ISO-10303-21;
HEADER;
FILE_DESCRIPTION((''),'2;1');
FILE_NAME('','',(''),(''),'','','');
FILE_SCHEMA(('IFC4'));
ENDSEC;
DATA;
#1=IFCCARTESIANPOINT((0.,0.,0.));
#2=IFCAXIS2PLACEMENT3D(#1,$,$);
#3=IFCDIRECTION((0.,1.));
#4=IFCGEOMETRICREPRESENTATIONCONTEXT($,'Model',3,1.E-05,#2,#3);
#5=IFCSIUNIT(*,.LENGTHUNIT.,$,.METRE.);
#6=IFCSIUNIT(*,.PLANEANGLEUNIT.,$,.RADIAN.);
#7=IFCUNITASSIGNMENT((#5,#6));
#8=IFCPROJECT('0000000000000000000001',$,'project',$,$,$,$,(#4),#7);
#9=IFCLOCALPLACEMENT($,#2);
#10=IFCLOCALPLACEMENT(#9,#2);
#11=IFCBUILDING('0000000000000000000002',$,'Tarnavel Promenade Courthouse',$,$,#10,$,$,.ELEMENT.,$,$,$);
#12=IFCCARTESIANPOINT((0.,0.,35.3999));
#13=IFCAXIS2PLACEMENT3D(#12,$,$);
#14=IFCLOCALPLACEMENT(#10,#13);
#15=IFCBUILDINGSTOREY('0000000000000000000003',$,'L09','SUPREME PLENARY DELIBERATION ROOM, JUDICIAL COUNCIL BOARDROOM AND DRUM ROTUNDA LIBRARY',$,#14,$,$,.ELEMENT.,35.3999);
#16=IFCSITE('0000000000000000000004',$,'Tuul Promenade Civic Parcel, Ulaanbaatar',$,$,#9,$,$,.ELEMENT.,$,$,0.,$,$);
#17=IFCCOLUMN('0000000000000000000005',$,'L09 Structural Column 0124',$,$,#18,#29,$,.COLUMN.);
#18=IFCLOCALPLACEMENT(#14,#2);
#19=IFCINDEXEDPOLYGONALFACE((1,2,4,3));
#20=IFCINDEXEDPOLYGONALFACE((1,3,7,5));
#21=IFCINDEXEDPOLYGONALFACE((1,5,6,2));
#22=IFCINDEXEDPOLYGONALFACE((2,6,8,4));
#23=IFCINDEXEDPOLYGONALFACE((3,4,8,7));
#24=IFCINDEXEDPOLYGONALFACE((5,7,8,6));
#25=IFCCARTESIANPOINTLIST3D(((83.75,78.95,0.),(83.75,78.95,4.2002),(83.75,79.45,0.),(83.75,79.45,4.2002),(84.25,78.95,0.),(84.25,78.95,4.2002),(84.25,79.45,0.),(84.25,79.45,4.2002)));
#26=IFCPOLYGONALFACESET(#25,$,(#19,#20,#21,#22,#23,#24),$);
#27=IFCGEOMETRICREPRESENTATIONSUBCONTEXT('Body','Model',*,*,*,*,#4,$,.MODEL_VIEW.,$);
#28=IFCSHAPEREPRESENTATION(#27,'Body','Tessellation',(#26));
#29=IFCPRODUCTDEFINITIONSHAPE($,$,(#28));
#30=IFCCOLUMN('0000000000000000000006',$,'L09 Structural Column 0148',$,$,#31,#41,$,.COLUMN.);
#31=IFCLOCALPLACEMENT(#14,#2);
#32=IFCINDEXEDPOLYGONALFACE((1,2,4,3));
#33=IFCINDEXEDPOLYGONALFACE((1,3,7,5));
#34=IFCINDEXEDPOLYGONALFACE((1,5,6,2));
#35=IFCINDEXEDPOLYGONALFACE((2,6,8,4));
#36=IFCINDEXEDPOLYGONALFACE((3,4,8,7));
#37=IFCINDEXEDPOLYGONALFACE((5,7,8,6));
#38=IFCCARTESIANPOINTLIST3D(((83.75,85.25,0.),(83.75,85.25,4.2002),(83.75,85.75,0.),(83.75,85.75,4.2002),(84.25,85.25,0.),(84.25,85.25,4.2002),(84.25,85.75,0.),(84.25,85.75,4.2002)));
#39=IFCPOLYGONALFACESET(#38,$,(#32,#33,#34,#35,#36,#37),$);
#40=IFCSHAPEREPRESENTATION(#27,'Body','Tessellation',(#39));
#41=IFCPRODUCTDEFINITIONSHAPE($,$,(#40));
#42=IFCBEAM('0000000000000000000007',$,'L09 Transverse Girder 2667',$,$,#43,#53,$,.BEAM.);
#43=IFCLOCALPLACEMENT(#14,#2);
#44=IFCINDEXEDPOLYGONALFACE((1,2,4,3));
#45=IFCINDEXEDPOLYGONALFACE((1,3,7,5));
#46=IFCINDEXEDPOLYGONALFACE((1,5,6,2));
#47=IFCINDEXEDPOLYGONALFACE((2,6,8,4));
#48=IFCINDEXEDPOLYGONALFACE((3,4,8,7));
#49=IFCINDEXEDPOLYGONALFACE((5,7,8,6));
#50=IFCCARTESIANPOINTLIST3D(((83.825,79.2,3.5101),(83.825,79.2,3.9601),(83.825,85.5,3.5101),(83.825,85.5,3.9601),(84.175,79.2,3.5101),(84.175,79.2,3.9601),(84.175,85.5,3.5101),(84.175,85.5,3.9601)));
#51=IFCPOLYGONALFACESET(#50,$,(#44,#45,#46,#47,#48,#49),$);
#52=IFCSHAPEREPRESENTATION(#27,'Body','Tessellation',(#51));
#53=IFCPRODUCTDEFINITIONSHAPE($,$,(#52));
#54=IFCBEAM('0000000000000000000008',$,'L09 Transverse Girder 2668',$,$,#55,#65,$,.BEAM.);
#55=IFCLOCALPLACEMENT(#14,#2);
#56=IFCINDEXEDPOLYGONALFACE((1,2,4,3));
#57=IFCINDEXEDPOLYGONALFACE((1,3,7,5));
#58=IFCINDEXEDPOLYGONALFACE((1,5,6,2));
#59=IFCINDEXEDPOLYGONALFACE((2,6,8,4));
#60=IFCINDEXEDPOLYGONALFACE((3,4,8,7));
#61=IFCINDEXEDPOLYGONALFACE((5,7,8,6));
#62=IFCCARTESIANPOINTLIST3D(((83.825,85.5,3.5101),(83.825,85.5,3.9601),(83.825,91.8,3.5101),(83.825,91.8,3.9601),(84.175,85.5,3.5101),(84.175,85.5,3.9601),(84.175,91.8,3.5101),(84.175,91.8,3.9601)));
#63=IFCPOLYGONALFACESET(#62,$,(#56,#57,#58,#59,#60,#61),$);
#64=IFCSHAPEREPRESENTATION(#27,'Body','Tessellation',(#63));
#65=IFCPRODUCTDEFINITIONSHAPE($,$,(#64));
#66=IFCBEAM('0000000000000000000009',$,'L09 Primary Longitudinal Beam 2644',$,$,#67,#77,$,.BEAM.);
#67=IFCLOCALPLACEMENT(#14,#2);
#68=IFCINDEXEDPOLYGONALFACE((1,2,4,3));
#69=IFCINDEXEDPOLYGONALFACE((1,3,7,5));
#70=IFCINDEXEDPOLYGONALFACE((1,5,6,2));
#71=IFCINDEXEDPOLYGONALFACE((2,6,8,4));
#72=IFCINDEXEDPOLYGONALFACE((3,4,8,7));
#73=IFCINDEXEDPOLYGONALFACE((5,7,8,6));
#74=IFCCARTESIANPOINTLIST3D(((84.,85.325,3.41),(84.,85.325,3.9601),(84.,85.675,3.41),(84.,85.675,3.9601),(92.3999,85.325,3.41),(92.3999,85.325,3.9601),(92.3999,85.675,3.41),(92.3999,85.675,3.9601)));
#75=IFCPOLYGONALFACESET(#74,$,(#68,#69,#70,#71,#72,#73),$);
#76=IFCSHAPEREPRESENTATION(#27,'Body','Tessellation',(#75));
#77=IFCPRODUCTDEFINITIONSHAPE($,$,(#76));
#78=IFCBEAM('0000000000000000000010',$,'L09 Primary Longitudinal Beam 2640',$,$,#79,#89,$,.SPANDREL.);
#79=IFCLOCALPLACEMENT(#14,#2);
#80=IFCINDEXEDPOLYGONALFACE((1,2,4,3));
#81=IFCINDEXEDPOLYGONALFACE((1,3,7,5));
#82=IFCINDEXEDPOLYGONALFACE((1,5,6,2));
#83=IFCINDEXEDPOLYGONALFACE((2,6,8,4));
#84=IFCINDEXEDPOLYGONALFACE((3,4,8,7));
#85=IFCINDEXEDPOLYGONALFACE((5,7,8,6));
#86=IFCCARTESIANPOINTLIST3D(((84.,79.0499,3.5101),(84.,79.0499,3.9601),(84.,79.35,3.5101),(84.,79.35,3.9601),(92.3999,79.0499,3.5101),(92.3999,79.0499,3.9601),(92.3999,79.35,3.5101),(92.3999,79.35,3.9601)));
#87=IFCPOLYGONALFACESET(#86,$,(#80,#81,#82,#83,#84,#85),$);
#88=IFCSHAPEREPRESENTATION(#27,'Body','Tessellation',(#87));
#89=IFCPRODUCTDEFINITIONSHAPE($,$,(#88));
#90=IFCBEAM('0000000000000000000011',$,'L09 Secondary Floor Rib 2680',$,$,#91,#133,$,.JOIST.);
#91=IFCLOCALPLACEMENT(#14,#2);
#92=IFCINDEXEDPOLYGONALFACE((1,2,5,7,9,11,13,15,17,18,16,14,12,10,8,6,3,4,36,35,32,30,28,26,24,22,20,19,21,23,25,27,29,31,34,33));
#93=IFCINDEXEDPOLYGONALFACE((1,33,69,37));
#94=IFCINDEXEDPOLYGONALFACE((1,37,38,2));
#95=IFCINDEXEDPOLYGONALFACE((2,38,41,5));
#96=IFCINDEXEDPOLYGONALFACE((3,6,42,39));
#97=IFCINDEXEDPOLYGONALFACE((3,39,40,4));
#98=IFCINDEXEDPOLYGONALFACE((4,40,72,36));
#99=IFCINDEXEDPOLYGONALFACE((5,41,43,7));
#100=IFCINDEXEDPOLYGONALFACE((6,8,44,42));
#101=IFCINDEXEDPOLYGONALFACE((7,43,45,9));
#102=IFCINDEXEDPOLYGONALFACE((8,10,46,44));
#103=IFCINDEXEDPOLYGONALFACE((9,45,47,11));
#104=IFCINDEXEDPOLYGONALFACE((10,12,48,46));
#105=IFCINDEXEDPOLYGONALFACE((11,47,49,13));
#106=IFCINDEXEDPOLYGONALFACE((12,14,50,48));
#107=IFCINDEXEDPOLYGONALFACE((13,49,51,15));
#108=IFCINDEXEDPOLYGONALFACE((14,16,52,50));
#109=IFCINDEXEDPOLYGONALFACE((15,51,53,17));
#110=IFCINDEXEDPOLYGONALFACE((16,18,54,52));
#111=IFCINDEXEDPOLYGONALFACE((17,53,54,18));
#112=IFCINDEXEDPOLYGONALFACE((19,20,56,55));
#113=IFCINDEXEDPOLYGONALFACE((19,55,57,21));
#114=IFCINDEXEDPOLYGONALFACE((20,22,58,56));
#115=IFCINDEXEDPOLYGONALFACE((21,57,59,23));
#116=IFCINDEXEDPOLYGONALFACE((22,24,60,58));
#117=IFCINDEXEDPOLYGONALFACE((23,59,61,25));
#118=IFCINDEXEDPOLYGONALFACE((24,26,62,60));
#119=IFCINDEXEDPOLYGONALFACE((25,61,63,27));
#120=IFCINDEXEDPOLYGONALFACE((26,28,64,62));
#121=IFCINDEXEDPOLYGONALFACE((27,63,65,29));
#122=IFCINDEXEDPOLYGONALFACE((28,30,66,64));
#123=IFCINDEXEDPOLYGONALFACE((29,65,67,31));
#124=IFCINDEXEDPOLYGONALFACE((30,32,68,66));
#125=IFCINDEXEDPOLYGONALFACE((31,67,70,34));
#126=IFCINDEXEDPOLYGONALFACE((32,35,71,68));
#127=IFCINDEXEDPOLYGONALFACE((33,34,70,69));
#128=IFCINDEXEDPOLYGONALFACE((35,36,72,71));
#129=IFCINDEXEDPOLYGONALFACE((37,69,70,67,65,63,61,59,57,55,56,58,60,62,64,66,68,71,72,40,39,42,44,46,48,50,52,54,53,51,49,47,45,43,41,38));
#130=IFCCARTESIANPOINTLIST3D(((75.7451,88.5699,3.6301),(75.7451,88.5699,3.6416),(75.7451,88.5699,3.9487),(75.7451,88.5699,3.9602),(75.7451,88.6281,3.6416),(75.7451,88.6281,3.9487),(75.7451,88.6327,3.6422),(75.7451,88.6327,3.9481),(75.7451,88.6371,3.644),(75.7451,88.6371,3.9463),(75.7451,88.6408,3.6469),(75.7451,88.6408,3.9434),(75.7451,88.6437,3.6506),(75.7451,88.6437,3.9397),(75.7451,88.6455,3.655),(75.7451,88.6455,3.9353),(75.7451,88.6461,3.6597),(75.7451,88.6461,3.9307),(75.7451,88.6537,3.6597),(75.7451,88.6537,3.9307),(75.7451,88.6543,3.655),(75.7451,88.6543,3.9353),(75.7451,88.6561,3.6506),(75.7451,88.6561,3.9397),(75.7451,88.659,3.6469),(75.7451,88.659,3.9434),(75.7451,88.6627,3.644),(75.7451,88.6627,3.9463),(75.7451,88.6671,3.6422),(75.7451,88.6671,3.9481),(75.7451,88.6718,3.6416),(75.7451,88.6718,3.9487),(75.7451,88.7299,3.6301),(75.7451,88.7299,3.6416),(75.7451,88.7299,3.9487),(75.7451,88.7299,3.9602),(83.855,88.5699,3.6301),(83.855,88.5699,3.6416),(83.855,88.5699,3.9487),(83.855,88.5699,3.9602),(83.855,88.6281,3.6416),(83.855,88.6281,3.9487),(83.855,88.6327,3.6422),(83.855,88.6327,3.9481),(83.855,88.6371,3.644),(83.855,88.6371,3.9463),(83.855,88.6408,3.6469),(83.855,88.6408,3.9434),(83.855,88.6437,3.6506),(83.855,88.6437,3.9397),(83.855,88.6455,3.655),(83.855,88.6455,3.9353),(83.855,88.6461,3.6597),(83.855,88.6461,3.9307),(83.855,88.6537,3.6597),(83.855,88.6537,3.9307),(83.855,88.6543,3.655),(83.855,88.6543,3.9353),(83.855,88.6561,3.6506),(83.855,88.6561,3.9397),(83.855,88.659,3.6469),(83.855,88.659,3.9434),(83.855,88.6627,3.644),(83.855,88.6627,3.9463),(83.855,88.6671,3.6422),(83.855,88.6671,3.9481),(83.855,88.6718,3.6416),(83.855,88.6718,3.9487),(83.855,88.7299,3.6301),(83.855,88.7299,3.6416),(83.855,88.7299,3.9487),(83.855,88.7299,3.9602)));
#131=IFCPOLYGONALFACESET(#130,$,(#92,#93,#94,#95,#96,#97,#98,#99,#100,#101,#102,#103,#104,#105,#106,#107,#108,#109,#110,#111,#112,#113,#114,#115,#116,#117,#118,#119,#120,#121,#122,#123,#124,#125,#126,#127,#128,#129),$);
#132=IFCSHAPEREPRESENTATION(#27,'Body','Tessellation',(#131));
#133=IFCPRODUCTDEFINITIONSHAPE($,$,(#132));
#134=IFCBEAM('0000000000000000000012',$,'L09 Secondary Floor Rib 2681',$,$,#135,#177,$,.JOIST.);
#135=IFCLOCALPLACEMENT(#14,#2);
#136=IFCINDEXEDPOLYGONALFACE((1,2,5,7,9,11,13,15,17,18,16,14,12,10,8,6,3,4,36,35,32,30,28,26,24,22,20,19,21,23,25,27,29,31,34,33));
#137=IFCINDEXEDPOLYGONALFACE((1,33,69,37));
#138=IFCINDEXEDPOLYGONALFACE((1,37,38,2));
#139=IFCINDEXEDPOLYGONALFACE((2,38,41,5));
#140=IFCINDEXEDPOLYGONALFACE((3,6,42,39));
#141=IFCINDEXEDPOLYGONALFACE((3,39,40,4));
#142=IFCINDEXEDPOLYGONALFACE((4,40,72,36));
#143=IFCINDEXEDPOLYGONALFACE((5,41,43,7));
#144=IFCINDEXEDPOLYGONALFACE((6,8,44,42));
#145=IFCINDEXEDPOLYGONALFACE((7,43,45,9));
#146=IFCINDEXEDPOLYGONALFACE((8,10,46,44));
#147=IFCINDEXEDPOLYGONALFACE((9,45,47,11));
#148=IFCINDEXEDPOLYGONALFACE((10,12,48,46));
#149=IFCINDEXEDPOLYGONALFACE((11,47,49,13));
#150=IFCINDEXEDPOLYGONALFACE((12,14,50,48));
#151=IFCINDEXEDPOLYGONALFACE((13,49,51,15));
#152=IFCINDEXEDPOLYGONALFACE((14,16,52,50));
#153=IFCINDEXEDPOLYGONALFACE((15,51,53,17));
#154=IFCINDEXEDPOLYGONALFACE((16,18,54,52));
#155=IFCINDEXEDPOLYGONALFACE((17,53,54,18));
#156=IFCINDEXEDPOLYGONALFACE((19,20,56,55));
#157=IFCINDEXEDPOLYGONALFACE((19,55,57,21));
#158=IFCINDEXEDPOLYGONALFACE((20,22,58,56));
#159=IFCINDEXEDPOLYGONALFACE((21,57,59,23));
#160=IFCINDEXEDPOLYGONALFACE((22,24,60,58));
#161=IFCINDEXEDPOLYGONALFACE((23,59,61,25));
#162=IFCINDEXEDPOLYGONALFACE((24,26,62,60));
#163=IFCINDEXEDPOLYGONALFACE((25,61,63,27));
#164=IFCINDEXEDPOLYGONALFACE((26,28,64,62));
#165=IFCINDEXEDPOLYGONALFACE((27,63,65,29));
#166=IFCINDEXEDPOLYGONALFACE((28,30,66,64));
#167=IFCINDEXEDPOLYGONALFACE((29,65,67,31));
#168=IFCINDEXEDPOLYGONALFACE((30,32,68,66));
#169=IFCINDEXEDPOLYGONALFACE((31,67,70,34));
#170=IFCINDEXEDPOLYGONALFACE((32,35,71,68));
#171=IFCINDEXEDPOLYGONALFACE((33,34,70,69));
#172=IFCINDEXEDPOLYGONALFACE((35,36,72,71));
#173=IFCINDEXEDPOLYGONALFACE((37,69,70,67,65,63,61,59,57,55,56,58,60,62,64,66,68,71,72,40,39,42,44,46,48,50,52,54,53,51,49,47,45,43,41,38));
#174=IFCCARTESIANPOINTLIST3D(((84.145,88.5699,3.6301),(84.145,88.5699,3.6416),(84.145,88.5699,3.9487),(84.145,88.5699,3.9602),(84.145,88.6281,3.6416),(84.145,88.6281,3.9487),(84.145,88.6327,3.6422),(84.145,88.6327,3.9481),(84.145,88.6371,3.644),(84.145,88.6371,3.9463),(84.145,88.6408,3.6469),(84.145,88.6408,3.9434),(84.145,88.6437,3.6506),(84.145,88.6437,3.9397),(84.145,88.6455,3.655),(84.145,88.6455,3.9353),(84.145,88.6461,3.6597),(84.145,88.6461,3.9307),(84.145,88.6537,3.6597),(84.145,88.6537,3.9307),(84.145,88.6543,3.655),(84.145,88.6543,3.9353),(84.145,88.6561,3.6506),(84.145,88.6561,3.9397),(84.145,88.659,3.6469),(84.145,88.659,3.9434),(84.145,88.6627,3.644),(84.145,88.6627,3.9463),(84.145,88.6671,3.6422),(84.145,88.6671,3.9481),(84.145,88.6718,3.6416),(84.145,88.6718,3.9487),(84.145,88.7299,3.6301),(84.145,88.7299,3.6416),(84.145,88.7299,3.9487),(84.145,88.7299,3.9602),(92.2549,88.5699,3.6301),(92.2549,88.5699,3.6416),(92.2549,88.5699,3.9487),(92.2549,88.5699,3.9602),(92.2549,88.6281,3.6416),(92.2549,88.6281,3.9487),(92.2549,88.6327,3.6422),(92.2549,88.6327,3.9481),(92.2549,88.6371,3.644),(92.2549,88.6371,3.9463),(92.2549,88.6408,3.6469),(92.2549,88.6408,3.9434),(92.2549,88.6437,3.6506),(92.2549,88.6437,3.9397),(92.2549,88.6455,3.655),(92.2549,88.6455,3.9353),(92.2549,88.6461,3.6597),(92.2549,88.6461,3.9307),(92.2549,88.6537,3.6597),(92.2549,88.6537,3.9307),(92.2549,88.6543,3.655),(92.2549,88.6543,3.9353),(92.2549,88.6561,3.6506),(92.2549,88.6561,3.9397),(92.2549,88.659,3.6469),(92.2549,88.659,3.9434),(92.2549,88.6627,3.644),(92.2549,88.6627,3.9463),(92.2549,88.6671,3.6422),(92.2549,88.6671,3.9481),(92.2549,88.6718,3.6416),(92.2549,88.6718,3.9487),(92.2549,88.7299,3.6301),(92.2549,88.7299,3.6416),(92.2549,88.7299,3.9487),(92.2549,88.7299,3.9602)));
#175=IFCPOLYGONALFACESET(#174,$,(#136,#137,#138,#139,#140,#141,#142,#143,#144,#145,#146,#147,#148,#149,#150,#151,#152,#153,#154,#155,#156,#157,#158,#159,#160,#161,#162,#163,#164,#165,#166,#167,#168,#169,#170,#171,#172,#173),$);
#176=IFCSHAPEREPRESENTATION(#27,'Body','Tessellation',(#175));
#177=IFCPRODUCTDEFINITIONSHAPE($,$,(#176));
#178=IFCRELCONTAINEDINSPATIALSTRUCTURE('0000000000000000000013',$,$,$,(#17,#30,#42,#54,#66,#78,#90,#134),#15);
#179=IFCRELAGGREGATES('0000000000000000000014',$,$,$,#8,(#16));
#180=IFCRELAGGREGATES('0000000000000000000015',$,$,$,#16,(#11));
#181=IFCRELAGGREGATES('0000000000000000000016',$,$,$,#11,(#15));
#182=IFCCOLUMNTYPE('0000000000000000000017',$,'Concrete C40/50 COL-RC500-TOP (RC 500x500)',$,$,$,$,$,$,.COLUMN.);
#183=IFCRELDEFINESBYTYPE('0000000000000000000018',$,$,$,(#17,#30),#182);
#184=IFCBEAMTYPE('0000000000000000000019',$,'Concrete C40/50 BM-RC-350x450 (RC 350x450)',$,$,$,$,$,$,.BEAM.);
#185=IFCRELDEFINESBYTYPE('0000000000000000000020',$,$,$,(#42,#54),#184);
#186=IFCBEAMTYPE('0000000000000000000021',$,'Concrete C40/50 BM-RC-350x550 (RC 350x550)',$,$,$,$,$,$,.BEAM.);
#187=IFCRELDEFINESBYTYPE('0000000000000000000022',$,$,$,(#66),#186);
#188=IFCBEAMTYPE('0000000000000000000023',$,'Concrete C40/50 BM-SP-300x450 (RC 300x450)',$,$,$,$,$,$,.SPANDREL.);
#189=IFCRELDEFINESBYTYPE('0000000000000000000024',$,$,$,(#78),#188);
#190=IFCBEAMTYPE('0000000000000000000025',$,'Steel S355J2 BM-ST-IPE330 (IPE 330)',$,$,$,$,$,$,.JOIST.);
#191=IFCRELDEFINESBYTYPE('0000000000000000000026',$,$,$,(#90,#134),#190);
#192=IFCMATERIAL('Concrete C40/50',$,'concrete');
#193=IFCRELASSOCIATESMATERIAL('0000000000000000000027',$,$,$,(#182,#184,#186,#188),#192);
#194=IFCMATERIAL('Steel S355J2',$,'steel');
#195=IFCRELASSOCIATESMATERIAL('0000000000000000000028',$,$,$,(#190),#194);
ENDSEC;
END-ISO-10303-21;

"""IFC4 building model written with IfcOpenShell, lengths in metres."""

from ifc_helpers import new_model, si_unit, direction, frame, origin, origin_2d, place, context, subcontext, project, spatial, rectangle, i_section, extrude, material, material_profile, profile_set, type_object, element, save


model = new_model("IFC4")

# Units and contexts
model_context = context("Model", 3, precision=1e-05, world=origin(), true_north=direction((0.0, 1.0)))
body_context = subcontext(model_context, "Body", "Model", "MODEL_VIEW")
ifc_project = project(units=[si_unit("LENGTHUNIT", "METRE"), si_unit("PLANEANGLEUNIT", "RADIAN")], contexts=[model_context])

# Site, building, storey
site_placement = place(None, origin())
site = spatial("IfcSite", under=ifc_project, at=site_placement, Name="Tuul Promenade Civic Parcel, Ulaanbaatar", CompositionType="ELEMENT", RefElevation=0.0)
building_placement = place(site_placement, origin())
building = spatial("IfcBuilding", under=site, at=building_placement, Name="Tarnavel Promenade Courthouse", CompositionType="ELEMENT")
storey_placement = place(building_placement, frame((0.0, 0.0, 35.3999)))
storey = spatial("IfcBuildingStorey", under=building, at=storey_placement, Name="L09", Description="SUPREME PLENARY DELIBERATION ROOM, JUDICIAL COUNCIL BOARDROOM AND DRUM ROTUNDA LIBRARY", CompositionType="ELEMENT", Elevation=35.3999)

# Columns
ifc_material_1 = material(Name="Concrete C40/50", Category="concrete")
ifc_material_profile_1 = material_profile(ifc_material_1, rectangle(XDim=0.5, YDim=0.5, at=origin_2d()), Name="RC 500x500")
ifc_profile_set_1 = profile_set([ifc_material_profile_1], Name="Concrete C40/50")
column_type = type_object("IfcColumnType", Name="Concrete C40/50 COL-RC500-TOP (RC 500x500)", PredefinedType="COLUMN", material=ifc_profile_set_1)
for number, where, z_axis, x_axis, name in (
    (1, (84.0, 79.2, 0.0), (0.0, 0.0, 1.0), (1.0, 0.0, 0.0), "L09 Structural Column 0124"),
    (2, (84.0, 85.5, 0.0), (0.0, 0.0, 1.0), (1.0, 0.0, 0.0), "L09 Structural Column 0148"),
):
    element("IfcColumn", number, at=place(storey_placement, frame(where, z_axis=z_axis, x_axis=x_axis)), inside=storey, type_object=column_type, Name=name, PredefinedType="COLUMN", context=body_context, shape_type="SweptSolid", body=[
        extrude(rectangle(XDim=0.5, YDim=0.5, at=origin_2d()), origin(), (0.0, 0.0, 1.0), 4.2002),
    ])

# Beams
ifc_material_profile_2 = material_profile(ifc_material_1, rectangle(XDim=0.3501, YDim=0.45, at=origin_2d()), Name="RC 350x450")
ifc_profile_set_2 = profile_set([ifc_material_profile_2], Name="Concrete C40/50")
beam_type_1 = type_object("IfcBeamType", Name="Concrete C40/50 BM-RC-350x450 (RC 350x450)", PredefinedType="BEAM", material=ifc_profile_set_2)
for number, where, z_axis, x_axis, name in (
    (3, (84.0, 79.2, 3.7351), (0.0, 1.0, 0.0), (-1.0, 0.0, 0.0), "L09 Transverse Girder 2667"),
    (4, (84.0, 85.5, 3.7351), (0.0, 1.0, 0.0), (-1.0, 0.0, 0.0), "L09 Transverse Girder 2668"),
):
    element("IfcBeam", number, at=place(storey_placement, frame(where, z_axis=z_axis, x_axis=x_axis)), inside=storey, type_object=beam_type_1, Name=name, PredefinedType="BEAM", context=body_context, shape_type="SweptSolid", body=[
        extrude(rectangle(XDim=0.3501, YDim=0.45, at=origin_2d()), origin(), (0.0, 0.0, 1.0), 6.3),
    ])
ifc_material_profile_3 = material_profile(ifc_material_1, rectangle(XDim=0.3501, YDim=0.55, at=origin_2d()), Name="RC 350x550")
ifc_profile_set_3 = profile_set([ifc_material_profile_3], Name="Concrete C40/50")
beam_type_2 = type_object("IfcBeamType", Name="Concrete C40/50 BM-RC-350x550 (RC 350x550)", PredefinedType="BEAM", material=ifc_profile_set_3)
beam_1_placement = place(storey_placement, frame((84.0, 85.5, 3.6851), z_axis=(1.0, 0.0, 0.0), x_axis=(0.0, 1.0, 0.0)))
element("IfcBeam", 5, at=beam_1_placement, inside=storey, type_object=beam_type_2, Name="L09 Primary Longitudinal Beam 2644", PredefinedType="BEAM", context=body_context, shape_type="SweptSolid", body=[
    extrude(rectangle(XDim=0.3501, YDim=0.55, at=origin_2d()), origin(), (0.0, 0.0, 1.0), 8.3999),
])
ifc_material_profile_4 = material_profile(ifc_material_1, rectangle(XDim=0.3, YDim=0.45, at=origin_2d()), Name="RC 300x450")
ifc_profile_set_4 = profile_set([ifc_material_profile_4], Name="Concrete C40/50")
beam_type_3 = type_object("IfcBeamType", Name="Concrete C40/50 BM-SP-300x450 (RC 300x450)", PredefinedType="SPANDREL", material=ifc_profile_set_4)
beam_2_placement = place(storey_placement, frame((84.0, 79.2, 3.7351), z_axis=(1.0, 0.0, 0.0), x_axis=(0.0, 1.0, 0.0)))
element("IfcBeam", 6, at=beam_2_placement, inside=storey, type_object=beam_type_3, Name="L09 Primary Longitudinal Beam 2640", PredefinedType="SPANDREL", context=body_context, shape_type="SweptSolid", body=[
    extrude(rectangle(XDim=0.3, YDim=0.45, at=origin_2d()), origin(), (0.0, 0.0, 1.0), 8.3999),
])
ifc_material_2 = material(Name="Steel S355J2", Category="steel")
ifc_material_profile_5 = material_profile(ifc_material_2, i_section(OverallWidth=0.1599, OverallDepth=0.3301, WebThickness=0.0076, FlangeThickness=0.0115, FilletRadius=0.0181, at=origin_2d()), Name="IPE 330")
ifc_profile_set_5 = profile_set([ifc_material_profile_5], Name="Steel S355J2")
beam_type_4 = type_object("IfcBeamType", Name="Steel S355J2 BM-ST-IPE330 (IPE 330)", PredefinedType="JOIST", material=ifc_profile_set_5)
for number, where, z_axis, x_axis, name in (
    (7, (75.7451, 88.6499, 3.7952), (1.0, 0.0, 0.0), (0.0, 1.0, 0.0), "L09 Secondary Floor Rib 2680"),
    (8, (84.145, 88.6499, 3.7952), (1.0, 0.0, 0.0), (0.0, 1.0, 0.0), "L09 Secondary Floor Rib 2681"),
):
    element("IfcBeam", number, at=place(storey_placement, frame(where, z_axis=z_axis, x_axis=x_axis)), inside=storey, type_object=beam_type_4, Name=name, PredefinedType="JOIST", context=body_context, shape_type="SweptSolid", body=[
        extrude(i_section(OverallWidth=0.1599, OverallDepth=0.3301, WebThickness=0.0076, FlangeThickness=0.0115, FilletRadius=0.0181, at=origin_2d()), origin(), (0.0, 0.0, 1.0), 8.1099),
    ])

save(model, "model.ifc")
